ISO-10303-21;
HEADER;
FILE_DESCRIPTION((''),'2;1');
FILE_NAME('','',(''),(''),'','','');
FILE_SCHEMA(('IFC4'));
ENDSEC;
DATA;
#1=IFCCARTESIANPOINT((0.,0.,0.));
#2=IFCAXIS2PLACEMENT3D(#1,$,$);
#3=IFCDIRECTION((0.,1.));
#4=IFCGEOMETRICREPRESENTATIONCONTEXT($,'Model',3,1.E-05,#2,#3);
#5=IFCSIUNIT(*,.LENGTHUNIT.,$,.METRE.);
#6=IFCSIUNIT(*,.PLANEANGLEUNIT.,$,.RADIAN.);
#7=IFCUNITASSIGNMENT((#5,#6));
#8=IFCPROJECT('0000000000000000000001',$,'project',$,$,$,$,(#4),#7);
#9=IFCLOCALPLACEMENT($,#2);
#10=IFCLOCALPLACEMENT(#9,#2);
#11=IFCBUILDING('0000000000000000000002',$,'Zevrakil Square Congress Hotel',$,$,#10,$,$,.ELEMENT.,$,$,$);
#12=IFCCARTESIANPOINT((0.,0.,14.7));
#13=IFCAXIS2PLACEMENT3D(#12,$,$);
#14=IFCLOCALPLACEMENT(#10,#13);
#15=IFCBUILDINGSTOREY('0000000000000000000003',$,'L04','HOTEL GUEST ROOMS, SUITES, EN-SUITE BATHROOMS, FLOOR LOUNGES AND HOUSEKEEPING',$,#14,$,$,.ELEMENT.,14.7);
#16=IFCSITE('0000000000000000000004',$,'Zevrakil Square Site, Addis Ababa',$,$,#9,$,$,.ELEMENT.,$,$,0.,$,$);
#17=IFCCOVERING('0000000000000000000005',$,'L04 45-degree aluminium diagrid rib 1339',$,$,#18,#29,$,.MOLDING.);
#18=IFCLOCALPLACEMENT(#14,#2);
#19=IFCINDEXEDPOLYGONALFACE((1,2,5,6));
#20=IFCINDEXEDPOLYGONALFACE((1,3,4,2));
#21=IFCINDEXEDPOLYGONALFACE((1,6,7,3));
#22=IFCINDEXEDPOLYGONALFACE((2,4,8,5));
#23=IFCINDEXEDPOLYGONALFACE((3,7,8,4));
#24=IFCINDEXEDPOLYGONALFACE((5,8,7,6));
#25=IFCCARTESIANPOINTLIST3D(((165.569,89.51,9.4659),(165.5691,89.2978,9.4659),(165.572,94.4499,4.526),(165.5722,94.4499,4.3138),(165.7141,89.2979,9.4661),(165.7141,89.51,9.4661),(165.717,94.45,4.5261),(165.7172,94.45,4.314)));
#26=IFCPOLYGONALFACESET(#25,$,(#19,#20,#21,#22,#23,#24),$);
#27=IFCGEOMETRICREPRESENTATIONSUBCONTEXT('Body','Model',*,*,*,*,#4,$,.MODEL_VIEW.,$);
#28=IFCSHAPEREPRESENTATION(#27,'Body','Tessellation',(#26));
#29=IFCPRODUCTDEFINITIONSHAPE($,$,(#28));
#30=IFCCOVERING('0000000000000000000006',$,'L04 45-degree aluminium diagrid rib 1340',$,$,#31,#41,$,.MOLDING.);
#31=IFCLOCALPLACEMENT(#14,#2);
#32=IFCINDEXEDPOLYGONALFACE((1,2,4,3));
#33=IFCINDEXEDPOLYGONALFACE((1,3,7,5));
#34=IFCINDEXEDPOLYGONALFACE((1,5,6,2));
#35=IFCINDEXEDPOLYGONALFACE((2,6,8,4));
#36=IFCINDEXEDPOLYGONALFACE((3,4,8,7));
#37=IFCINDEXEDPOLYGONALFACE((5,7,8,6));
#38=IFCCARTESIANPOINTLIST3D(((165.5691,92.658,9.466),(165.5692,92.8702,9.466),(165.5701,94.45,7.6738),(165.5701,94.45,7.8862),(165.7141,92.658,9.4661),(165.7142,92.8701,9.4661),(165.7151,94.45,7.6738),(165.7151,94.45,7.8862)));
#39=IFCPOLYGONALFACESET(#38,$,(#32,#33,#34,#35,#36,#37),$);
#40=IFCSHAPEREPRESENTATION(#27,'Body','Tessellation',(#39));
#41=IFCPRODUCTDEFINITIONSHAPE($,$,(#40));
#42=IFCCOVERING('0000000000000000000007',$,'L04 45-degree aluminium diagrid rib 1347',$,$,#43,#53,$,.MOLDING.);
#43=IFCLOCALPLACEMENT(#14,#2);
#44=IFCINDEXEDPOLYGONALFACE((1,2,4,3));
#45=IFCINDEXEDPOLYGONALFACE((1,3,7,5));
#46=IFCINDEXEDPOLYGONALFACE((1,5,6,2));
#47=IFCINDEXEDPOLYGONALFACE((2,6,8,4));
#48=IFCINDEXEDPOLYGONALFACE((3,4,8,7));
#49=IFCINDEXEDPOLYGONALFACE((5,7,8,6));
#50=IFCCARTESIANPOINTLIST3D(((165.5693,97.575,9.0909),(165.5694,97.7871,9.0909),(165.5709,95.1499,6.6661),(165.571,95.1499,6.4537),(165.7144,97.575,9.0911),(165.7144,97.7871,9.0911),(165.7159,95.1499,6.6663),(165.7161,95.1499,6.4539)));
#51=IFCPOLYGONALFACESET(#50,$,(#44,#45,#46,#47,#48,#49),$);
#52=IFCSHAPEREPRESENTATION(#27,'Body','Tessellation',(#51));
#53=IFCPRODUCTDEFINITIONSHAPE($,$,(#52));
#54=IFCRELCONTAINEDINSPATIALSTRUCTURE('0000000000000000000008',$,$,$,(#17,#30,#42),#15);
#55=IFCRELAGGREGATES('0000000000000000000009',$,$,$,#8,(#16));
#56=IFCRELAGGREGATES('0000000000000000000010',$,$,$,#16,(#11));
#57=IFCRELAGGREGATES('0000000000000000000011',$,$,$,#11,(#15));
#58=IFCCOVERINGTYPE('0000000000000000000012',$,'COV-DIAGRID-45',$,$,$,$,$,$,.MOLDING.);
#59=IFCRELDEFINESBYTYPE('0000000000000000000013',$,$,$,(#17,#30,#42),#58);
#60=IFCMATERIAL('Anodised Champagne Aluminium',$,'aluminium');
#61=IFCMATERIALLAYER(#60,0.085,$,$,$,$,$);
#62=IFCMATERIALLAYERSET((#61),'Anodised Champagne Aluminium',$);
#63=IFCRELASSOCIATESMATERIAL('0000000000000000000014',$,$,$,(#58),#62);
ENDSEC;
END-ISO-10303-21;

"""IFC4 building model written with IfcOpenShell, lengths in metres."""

from ifc_helpers import new_model, si_unit, direction, frame, origin, place, context, subcontext, project, spatial, polyline, outline, extrude, material, layer, layer_set, type_object, element, save


model = new_model("IFC4")

# Units and contexts
model_context = context("Model", 3, precision=1e-05, world=origin(), true_north=direction((0.0, 1.0)))
body_context = subcontext(model_context, "Body", "Model", "MODEL_VIEW")
ifc_project = project(units=[si_unit("LENGTHUNIT", "METRE"), si_unit("PLANEANGLEUNIT", "RADIAN")], contexts=[model_context])

# Site, building, storey
site_placement = place(None, origin())
site = spatial("IfcSite", under=ifc_project, at=site_placement, Name="Zevrakil Square Site, Addis Ababa", CompositionType="ELEMENT", RefElevation=0.0)
building_placement = place(site_placement, origin())
building = spatial("IfcBuilding", under=site, at=building_placement, Name="Zevrakil Square Congress Hotel", CompositionType="ELEMENT")
storey_placement = place(building_placement, frame((0.0, 0.0, 14.7)))
storey = spatial("IfcBuildingStorey", under=building, at=storey_placement, Name="L04", Description="HOTEL GUEST ROOMS, SUITES, EN-SUITE BATHROOMS, FLOOR LOUNGES AND HOUSEKEEPING", CompositionType="ELEMENT", Elevation=14.7)

# Coverings
ifc_material_1 = material(Name="Anodised Champagne Aluminium", Category="aluminium")
ifc_layer_1 = layer(ifc_material_1, 0.085)
ifc_layer_set_1 = layer_set([ifc_layer_1], Name="Anodised Champagne Aluminium")
covering_type_1 = type_object("IfcCoveringType", Name="COV-DIAGRID-45", PredefinedType="MOLDING", material=ifc_layer_set_1)
covering_1_placement = place(storey_placement, frame((165.7141, 89.2979, 9.4661), z_axis=(1.0, 0.000273, 0.000878), x_axis=(-0.000273, 1.0, 0.0)))
element("IfcCovering", 1, at=covering_1_placement, inside=storey, type_object=covering_type_1, Name="L04 45-degree aluminium diagrid rib 1339", PredefinedType="MOLDING", context=body_context, shape_type="SweptSolid", body=[
    extrude(outline(polyline([(0.0, 0.0), (0.2122, 0.0), (5.1521, -4.9399), (5.1521, -5.1521), (0.0, 0.0)])), origin(), (0.0, 0.0, -1.0), 0.145),
])
covering_2_placement = place(storey_placement, frame((165.7141, 92.658, 9.4661), z_axis=(1.0, -0.00029, 0.000289), x_axis=(0.00029, 1.0, 0.0)))
element("IfcCovering", 2, at=covering_2_placement, inside=storey, type_object=covering_type_1, Name="L04 45-degree aluminium diagrid rib 1340", PredefinedType="MOLDING", context=body_context, shape_type="SweptSolid", body=[
    extrude(outline(polyline([(0.0, 0.0), (0.2122, 0.0), (1.792, -1.5798), (1.792, -1.7922), (0.0, 0.0)])), origin(), (0.0, 0.0, -1.0), 0.145),
])
covering_3_placement = place(storey_placement, frame((165.7161, 95.1499, 6.4539), z_axis=(1.0, -0.000261, 0.000888), x_axis=(-0.000888, 0.0, 1.0)))
element("IfcCovering", 3, at=covering_3_placement, inside=storey, type_object=covering_type_1, Name="L04 45-degree aluminium diagrid rib 1347", PredefinedType="MOLDING", context=body_context, shape_type="SweptSolid", body=[
    extrude(outline(polyline([(0.0, 0.0), (0.2124, 0.0), (2.6372, -2.425), (2.6372, -2.6372), (0.0, 0.0)])), origin(), (0.0, 0.0, -1.0), 0.145),
])

save(model, "model.ifc")
